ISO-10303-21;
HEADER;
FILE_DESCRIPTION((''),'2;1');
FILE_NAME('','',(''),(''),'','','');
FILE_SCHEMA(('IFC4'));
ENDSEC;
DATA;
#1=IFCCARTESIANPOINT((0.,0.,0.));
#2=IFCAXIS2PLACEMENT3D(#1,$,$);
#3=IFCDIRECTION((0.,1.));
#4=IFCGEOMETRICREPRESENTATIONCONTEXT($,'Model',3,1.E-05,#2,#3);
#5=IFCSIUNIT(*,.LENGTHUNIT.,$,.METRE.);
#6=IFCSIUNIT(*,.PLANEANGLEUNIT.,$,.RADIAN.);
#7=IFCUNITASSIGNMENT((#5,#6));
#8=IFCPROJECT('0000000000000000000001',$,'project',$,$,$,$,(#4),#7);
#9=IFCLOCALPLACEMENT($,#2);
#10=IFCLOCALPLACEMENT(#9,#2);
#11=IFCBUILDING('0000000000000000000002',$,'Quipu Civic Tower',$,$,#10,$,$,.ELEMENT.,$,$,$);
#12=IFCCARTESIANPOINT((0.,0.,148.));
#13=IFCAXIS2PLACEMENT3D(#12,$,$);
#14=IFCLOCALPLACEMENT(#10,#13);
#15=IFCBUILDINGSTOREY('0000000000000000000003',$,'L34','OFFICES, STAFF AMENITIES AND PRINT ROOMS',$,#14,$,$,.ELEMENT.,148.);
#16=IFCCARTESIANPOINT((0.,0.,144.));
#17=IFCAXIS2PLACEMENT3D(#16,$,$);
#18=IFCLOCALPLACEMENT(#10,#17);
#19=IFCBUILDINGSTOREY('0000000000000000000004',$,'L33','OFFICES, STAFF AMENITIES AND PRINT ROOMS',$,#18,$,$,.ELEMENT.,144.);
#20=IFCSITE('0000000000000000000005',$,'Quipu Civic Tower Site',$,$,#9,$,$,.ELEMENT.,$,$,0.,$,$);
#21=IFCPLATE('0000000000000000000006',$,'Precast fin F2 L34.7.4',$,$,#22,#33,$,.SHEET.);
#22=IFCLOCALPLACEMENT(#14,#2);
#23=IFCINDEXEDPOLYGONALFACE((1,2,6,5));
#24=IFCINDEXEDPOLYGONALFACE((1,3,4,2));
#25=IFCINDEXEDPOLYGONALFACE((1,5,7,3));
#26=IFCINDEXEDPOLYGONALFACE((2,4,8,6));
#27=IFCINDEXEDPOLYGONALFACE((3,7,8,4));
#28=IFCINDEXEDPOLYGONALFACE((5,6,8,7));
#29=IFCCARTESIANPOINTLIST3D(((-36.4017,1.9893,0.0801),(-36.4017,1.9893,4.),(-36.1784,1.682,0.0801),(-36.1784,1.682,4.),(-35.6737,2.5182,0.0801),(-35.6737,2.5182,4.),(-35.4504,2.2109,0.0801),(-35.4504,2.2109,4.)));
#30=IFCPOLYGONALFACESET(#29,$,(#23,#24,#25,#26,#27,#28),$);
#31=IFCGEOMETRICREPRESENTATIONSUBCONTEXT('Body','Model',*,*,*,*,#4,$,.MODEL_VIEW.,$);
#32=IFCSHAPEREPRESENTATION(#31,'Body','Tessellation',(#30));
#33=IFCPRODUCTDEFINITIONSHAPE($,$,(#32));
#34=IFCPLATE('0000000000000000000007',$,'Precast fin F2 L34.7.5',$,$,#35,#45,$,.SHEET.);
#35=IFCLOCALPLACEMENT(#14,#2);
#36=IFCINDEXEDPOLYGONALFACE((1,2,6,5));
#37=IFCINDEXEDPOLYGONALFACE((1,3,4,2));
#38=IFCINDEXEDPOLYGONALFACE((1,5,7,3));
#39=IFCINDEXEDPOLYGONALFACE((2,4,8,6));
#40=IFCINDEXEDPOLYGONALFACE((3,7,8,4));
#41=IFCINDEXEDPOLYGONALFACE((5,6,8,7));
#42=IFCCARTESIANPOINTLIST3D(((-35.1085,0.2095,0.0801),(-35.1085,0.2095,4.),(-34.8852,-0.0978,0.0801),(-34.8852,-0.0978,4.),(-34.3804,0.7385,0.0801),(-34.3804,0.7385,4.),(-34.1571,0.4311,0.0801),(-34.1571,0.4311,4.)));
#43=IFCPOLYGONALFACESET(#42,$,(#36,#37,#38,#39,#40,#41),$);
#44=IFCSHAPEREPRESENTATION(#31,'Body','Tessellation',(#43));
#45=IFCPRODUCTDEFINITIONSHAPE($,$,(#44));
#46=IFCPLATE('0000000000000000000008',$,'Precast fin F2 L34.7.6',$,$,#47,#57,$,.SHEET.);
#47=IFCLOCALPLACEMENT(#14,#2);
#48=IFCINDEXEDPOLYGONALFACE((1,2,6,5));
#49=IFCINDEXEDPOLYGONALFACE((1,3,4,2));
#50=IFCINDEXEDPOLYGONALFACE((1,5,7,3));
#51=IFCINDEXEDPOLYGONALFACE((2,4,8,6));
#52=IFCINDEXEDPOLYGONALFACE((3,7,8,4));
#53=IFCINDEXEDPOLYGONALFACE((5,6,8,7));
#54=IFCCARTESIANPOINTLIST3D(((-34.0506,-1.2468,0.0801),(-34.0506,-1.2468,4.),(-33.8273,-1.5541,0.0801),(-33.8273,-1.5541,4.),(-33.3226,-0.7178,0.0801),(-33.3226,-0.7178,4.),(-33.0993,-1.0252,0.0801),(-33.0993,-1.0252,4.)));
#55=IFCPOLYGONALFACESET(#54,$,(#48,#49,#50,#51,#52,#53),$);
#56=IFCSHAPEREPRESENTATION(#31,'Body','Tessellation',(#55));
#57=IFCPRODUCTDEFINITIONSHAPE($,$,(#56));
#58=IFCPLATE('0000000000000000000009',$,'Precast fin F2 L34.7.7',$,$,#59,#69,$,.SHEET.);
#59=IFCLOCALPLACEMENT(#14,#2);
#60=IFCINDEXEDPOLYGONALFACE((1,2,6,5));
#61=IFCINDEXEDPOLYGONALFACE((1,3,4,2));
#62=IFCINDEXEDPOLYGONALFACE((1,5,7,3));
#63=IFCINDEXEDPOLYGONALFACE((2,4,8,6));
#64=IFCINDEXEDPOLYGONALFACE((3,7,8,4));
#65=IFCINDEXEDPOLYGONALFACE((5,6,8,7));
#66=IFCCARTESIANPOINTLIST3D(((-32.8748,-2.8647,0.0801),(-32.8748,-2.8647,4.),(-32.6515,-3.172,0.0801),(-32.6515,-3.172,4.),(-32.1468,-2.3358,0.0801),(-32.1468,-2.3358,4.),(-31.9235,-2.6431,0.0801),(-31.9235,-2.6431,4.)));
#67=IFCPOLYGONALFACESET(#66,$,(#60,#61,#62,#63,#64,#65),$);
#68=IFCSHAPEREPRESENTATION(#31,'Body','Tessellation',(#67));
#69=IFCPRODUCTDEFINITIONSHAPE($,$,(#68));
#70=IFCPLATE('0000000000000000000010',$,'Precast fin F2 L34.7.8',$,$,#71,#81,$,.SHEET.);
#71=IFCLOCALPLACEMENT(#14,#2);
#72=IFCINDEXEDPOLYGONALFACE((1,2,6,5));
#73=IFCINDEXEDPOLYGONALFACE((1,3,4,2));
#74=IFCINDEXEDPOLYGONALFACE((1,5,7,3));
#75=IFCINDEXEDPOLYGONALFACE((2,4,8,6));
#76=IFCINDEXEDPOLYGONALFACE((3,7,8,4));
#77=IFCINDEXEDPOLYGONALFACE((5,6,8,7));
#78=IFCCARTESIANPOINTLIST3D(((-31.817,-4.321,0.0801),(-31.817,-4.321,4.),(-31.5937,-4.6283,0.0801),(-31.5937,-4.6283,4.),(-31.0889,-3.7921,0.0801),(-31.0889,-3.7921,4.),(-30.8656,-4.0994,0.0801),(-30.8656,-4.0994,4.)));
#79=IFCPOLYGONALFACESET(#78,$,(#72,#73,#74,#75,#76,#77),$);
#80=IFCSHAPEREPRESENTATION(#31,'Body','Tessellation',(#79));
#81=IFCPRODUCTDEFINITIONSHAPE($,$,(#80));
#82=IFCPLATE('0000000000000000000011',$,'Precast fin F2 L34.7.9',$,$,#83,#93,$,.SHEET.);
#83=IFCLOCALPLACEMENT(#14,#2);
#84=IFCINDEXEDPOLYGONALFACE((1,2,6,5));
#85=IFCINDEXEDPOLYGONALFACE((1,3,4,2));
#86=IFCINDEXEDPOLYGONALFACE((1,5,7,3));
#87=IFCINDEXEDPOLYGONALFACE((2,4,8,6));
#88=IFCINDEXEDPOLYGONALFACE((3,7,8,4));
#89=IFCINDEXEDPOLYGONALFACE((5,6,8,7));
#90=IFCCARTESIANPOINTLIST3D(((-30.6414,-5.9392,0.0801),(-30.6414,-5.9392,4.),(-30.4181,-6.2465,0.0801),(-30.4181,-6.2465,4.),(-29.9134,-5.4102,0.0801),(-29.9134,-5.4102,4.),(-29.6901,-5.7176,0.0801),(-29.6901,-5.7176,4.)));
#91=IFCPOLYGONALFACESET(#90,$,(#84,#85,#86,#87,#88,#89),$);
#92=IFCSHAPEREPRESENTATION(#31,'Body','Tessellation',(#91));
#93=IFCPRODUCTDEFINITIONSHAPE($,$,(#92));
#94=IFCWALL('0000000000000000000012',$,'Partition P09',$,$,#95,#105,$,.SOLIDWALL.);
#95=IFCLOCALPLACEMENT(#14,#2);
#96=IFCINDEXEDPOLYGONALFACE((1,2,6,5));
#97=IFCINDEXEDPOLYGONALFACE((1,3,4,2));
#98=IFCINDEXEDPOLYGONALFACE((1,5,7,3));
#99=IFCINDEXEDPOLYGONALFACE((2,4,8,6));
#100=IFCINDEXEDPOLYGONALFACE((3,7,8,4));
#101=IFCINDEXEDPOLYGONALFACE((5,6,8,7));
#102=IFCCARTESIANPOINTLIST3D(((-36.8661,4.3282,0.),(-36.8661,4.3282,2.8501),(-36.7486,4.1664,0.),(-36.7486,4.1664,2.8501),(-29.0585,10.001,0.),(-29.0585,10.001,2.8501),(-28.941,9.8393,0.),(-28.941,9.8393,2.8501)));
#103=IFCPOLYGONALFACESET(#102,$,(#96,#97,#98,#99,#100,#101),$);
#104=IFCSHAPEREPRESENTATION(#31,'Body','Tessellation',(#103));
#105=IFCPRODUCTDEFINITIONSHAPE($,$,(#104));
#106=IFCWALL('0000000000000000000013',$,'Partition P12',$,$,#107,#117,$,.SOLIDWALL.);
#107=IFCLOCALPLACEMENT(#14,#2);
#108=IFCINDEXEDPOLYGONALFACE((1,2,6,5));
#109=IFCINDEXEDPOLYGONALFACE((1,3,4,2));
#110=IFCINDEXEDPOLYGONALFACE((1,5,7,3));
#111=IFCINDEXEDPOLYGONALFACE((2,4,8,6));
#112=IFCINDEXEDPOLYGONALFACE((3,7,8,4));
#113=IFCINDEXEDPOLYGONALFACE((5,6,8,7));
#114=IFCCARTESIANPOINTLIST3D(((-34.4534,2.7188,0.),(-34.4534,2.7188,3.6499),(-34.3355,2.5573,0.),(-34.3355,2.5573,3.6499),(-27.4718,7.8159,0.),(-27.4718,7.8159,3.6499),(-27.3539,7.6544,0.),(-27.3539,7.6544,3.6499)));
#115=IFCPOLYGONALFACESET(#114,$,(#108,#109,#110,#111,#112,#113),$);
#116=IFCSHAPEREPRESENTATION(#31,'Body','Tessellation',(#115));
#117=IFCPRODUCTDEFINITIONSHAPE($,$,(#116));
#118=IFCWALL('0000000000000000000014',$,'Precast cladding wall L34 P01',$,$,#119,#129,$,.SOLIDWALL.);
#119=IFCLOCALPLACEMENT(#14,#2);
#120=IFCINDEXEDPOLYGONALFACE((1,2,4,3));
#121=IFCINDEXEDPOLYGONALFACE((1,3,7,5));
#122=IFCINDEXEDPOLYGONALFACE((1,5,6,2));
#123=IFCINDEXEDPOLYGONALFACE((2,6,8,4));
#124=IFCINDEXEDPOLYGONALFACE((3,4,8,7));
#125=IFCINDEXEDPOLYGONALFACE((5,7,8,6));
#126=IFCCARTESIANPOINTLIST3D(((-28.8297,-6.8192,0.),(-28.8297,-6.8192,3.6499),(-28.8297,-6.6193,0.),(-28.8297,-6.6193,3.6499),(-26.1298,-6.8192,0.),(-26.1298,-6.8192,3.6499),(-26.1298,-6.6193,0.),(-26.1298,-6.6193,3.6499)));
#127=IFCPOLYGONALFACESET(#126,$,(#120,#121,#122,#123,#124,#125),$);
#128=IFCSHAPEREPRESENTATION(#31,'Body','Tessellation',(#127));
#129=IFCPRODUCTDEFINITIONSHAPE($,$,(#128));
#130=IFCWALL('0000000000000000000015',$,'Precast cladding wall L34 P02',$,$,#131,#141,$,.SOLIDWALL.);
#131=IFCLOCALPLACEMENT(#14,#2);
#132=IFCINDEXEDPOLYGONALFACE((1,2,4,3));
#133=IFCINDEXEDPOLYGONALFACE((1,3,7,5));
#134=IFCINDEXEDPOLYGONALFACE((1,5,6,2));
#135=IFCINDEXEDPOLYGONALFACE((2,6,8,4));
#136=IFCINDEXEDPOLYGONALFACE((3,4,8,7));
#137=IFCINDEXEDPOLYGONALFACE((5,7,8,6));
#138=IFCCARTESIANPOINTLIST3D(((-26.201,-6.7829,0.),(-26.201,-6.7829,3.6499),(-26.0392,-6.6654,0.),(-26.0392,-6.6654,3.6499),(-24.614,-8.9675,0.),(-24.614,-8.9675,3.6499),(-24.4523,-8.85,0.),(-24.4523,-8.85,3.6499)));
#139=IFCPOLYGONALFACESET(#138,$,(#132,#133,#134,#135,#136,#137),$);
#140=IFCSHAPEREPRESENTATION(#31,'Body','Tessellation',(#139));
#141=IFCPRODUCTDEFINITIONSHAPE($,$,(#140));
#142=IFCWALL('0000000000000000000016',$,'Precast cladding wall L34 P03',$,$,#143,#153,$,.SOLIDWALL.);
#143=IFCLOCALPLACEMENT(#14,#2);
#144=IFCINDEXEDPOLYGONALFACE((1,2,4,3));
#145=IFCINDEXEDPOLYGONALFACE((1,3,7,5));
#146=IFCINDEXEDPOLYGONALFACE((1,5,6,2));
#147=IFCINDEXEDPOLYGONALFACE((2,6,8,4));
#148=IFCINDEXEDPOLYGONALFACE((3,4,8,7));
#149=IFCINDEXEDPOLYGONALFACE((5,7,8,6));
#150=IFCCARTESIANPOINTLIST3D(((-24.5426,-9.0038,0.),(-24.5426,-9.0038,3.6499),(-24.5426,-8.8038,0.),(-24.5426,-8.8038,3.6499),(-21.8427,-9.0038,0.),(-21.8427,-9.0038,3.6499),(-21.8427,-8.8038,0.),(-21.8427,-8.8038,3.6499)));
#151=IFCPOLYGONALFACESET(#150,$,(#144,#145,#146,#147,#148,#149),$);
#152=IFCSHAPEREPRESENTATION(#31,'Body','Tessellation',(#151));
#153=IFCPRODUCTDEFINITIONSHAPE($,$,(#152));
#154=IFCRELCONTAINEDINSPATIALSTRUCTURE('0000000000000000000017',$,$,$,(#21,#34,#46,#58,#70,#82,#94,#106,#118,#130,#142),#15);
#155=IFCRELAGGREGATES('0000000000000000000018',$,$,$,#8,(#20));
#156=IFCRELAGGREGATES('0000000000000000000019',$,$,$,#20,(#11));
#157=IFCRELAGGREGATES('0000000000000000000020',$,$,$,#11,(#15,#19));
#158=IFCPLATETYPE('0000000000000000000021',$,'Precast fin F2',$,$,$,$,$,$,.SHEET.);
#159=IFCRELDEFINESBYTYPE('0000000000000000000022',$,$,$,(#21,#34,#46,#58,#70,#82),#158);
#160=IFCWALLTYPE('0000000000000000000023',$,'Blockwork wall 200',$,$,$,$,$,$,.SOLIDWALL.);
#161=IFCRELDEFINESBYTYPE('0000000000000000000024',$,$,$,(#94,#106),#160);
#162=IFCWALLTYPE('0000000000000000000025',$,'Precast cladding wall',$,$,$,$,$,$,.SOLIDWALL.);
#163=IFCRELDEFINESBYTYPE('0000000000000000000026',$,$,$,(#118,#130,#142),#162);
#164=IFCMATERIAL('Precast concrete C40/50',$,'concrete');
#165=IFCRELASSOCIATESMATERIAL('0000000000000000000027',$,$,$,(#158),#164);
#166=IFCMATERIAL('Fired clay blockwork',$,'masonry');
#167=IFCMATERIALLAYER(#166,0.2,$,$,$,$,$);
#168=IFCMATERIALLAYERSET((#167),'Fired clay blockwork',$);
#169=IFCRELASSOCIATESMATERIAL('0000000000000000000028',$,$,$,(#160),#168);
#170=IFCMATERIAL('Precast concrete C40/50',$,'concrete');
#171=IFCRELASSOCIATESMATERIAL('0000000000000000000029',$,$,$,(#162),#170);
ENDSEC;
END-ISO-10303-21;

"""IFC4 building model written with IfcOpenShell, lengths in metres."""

from ifc_helpers import new_model, si_unit, direction, frame, frame_2d, origin, origin_2d, place, context, subcontext, project, spatial, rectangle, extrude, material, layer, layer_set, type_object, element, save


model = new_model("IFC4")

# Units and contexts
model_context = context("Model", 3, precision=1e-05, world=origin(), true_north=direction((0.0, 1.0)))
body_context = subcontext(model_context, "Body", "Model", "MODEL_VIEW")
ifc_project = project(units=[si_unit("LENGTHUNIT", "METRE"), si_unit("PLANEANGLEUNIT", "RADIAN")], contexts=[model_context])

# Site, building, storey
site_placement = place(None, origin())
site = spatial("IfcSite", under=ifc_project, at=site_placement, Name="Quipu Civic Tower Site", CompositionType="ELEMENT", RefElevation=0.0)
building_placement = place(site_placement, origin())
building = spatial("IfcBuilding", under=site, at=building_placement, Name="Quipu Civic Tower", CompositionType="ELEMENT")
storey_1_placement = place(building_placement, frame((0.0, 0.0, 148.0)))
storey_1 = spatial("IfcBuildingStorey", under=building, at=storey_1_placement, Name="L34", Description="OFFICES, STAFF AMENITIES AND PRINT ROOMS", CompositionType="ELEMENT", Elevation=148.0)

# Shared definitions
storey_2_placement = place(building_placement, frame((0.0, 0.0, 144.0)))
storey_2 = spatial("IfcBuildingStorey", under=building, at=storey_2_placement, Name="L33", Description="OFFICES, STAFF AMENITIES AND PRINT ROOMS", CompositionType="ELEMENT", Elevation=144.0)

# Plates
ifc_material_1 = material(Name="Precast concrete C40/50", Category="concrete")
plate_type_1 = type_object("IfcPlateType", Name="Precast fin F2", PredefinedType="SHEET", material=ifc_material_1)
for number, where, z_axis, x_axis, name in (
    (1, (-35.926, 2.1001, 0.0801), (0.0, 0.0, 1.0), (0.587787, -0.809016, 0.0), "Precast fin F2 L34.7.4"),
    (2, (-34.6328, 0.3203, 0.0801), (0.0, 0.0, 1.0), (0.587787, -0.809016, 0.0), "Precast fin F2 L34.7.5"),
    (3, (-33.575, -1.136, 0.0801), (0.0, 0.0, 1.0), (0.587787, -0.809016, 0.0), "Precast fin F2 L34.7.6"),
    (4, (-32.3992, -2.7539, 0.0801), (0.0, 0.0, 1.0), (0.587787, -0.809016, 0.0), "Precast fin F2 L34.7.7"),
    (5, (-31.3413, -4.2102, 0.0801), (0.0, 0.0, 1.0), (0.587787, -0.809016, 0.0), "Precast fin F2 L34.7.8"),
    (6, (-30.1658, -5.8284, 0.0801), (0.0, 0.0, 1.0), (0.587787, -0.809016, 0.0), "Precast fin F2 L34.7.9"),
):
    element("IfcPlate", number, at=place(storey_1_placement, frame(where, z_axis=z_axis, x_axis=x_axis)), inside=storey_1, type_object=plate_type_1, Name=name, PredefinedType="SHEET", context=body_context, shape_type="SweptSolid", body=[
        extrude(rectangle(XDim=0.3799, YDim=0.8999, at=origin_2d()), origin(), (0.0, 0.0, 1.0), 3.9199),
    ])

# Walls
ifc_material_2 = material(Name="Fired clay blockwork", Category="masonry")
ifc_layer_1 = layer(ifc_material_2, 0.2)
ifc_layer_set_1 = layer_set([ifc_layer_1], Name="Fired clay blockwork")
wall_type_1 = type_object("IfcWallType", Name="Blockwork wall 200", PredefinedType="SOLIDWALL", material=ifc_layer_set_1)
wall_1_placement = place(storey_1_placement, frame((-36.8074, 4.2473, 0.0), z_axis=(0.0, 0.0, 1.0), x_axis=(0.809003, 0.587805, 0.0)))
element("IfcWall", 7, at=wall_1_placement, inside=storey_1, type_object=wall_type_1, Name="Partition P09", PredefinedType="SOLIDWALL", context=body_context, shape_type="SweptSolid", body=[
    extrude(rectangle(XDim=9.6509, YDim=0.2, at=frame_2d((4.8254, 0.0))), origin(), (0.0, 0.0, 1.0), 2.8501),
])
wall_2_placement = place(storey_1_placement, frame((-34.3945, 2.6379, 0.0), z_axis=(0.0, 0.0, 1.0), x_axis=(0.807658, 0.589652, 0.0)))
element("IfcWall", 8, at=wall_2_placement, inside=storey_1, type_object=wall_type_1, Name="Partition P12", PredefinedType="SOLIDWALL", context=body_context, shape_type="SweptSolid", body=[
    extrude(rectangle(XDim=8.6443, YDim=0.2, at=frame_2d((4.3223, 0.0))), origin(), (0.0, 0.0, 1.0), 3.6499),
])
ifc_material_3 = material(Name="Precast concrete C40/50", Category="concrete")
wall_type_2 = type_object("IfcWallType", Name="Precast cladding wall", PredefinedType="SOLIDWALL", material=ifc_material_3)
wall_3_placement = place(storey_1_placement, frame((-28.8298, -6.7192, 0.0), z_axis=(0.0, 0.0, 1.0), x_axis=(1.0, 0.0, 0.0)))
element("IfcWall", 9, at=wall_3_placement, inside=storey_1, type_object=wall_type_2, Name="Precast cladding wall L34 P01", PredefinedType="SOLIDWALL", context=body_context, shape_type="SweptSolid", body=[
    extrude(rectangle(XDim=2.7, YDim=0.2, at=frame_2d((1.3501, 0.0))), origin(), (0.0, 0.0, 1.0), 3.6499),
])
wall_4_placement = place(storey_1_placement, frame((-26.1201, -6.7241, 0.0), z_axis=(0.0, 0.0, 1.0), x_axis=(0.58772, -0.809064, 0.0)))
element("IfcWall", 10, at=wall_4_placement, inside=storey_1, type_object=wall_type_2, Name="Precast cladding wall L34 P02", PredefinedType="SOLIDWALL", context=body_context, shape_type="SweptSolid", body=[
    extrude(rectangle(XDim=2.7002, YDim=0.2, at=frame_2d((1.3501, 0.0))), origin(), (0.0, 0.0, 1.0), 3.6499),
])
wall_5_placement = place(storey_1_placement, frame((-24.5427, -8.9038, 0.0), z_axis=(0.0, 0.0, 1.0), x_axis=(1.0, 0.0, 0.0)))
element("IfcWall", 11, at=wall_5_placement, inside=storey_1, type_object=wall_type_2, Name="Precast cladding wall L34 P03", PredefinedType="SOLIDWALL", context=body_context, shape_type="SweptSolid", body=[
    extrude(rectangle(XDim=2.7, YDim=0.2, at=frame_2d((1.3501, 0.0))), origin(), (0.0, 0.0, 1.0), 3.6499),
])

save(model, "model.ifc")
